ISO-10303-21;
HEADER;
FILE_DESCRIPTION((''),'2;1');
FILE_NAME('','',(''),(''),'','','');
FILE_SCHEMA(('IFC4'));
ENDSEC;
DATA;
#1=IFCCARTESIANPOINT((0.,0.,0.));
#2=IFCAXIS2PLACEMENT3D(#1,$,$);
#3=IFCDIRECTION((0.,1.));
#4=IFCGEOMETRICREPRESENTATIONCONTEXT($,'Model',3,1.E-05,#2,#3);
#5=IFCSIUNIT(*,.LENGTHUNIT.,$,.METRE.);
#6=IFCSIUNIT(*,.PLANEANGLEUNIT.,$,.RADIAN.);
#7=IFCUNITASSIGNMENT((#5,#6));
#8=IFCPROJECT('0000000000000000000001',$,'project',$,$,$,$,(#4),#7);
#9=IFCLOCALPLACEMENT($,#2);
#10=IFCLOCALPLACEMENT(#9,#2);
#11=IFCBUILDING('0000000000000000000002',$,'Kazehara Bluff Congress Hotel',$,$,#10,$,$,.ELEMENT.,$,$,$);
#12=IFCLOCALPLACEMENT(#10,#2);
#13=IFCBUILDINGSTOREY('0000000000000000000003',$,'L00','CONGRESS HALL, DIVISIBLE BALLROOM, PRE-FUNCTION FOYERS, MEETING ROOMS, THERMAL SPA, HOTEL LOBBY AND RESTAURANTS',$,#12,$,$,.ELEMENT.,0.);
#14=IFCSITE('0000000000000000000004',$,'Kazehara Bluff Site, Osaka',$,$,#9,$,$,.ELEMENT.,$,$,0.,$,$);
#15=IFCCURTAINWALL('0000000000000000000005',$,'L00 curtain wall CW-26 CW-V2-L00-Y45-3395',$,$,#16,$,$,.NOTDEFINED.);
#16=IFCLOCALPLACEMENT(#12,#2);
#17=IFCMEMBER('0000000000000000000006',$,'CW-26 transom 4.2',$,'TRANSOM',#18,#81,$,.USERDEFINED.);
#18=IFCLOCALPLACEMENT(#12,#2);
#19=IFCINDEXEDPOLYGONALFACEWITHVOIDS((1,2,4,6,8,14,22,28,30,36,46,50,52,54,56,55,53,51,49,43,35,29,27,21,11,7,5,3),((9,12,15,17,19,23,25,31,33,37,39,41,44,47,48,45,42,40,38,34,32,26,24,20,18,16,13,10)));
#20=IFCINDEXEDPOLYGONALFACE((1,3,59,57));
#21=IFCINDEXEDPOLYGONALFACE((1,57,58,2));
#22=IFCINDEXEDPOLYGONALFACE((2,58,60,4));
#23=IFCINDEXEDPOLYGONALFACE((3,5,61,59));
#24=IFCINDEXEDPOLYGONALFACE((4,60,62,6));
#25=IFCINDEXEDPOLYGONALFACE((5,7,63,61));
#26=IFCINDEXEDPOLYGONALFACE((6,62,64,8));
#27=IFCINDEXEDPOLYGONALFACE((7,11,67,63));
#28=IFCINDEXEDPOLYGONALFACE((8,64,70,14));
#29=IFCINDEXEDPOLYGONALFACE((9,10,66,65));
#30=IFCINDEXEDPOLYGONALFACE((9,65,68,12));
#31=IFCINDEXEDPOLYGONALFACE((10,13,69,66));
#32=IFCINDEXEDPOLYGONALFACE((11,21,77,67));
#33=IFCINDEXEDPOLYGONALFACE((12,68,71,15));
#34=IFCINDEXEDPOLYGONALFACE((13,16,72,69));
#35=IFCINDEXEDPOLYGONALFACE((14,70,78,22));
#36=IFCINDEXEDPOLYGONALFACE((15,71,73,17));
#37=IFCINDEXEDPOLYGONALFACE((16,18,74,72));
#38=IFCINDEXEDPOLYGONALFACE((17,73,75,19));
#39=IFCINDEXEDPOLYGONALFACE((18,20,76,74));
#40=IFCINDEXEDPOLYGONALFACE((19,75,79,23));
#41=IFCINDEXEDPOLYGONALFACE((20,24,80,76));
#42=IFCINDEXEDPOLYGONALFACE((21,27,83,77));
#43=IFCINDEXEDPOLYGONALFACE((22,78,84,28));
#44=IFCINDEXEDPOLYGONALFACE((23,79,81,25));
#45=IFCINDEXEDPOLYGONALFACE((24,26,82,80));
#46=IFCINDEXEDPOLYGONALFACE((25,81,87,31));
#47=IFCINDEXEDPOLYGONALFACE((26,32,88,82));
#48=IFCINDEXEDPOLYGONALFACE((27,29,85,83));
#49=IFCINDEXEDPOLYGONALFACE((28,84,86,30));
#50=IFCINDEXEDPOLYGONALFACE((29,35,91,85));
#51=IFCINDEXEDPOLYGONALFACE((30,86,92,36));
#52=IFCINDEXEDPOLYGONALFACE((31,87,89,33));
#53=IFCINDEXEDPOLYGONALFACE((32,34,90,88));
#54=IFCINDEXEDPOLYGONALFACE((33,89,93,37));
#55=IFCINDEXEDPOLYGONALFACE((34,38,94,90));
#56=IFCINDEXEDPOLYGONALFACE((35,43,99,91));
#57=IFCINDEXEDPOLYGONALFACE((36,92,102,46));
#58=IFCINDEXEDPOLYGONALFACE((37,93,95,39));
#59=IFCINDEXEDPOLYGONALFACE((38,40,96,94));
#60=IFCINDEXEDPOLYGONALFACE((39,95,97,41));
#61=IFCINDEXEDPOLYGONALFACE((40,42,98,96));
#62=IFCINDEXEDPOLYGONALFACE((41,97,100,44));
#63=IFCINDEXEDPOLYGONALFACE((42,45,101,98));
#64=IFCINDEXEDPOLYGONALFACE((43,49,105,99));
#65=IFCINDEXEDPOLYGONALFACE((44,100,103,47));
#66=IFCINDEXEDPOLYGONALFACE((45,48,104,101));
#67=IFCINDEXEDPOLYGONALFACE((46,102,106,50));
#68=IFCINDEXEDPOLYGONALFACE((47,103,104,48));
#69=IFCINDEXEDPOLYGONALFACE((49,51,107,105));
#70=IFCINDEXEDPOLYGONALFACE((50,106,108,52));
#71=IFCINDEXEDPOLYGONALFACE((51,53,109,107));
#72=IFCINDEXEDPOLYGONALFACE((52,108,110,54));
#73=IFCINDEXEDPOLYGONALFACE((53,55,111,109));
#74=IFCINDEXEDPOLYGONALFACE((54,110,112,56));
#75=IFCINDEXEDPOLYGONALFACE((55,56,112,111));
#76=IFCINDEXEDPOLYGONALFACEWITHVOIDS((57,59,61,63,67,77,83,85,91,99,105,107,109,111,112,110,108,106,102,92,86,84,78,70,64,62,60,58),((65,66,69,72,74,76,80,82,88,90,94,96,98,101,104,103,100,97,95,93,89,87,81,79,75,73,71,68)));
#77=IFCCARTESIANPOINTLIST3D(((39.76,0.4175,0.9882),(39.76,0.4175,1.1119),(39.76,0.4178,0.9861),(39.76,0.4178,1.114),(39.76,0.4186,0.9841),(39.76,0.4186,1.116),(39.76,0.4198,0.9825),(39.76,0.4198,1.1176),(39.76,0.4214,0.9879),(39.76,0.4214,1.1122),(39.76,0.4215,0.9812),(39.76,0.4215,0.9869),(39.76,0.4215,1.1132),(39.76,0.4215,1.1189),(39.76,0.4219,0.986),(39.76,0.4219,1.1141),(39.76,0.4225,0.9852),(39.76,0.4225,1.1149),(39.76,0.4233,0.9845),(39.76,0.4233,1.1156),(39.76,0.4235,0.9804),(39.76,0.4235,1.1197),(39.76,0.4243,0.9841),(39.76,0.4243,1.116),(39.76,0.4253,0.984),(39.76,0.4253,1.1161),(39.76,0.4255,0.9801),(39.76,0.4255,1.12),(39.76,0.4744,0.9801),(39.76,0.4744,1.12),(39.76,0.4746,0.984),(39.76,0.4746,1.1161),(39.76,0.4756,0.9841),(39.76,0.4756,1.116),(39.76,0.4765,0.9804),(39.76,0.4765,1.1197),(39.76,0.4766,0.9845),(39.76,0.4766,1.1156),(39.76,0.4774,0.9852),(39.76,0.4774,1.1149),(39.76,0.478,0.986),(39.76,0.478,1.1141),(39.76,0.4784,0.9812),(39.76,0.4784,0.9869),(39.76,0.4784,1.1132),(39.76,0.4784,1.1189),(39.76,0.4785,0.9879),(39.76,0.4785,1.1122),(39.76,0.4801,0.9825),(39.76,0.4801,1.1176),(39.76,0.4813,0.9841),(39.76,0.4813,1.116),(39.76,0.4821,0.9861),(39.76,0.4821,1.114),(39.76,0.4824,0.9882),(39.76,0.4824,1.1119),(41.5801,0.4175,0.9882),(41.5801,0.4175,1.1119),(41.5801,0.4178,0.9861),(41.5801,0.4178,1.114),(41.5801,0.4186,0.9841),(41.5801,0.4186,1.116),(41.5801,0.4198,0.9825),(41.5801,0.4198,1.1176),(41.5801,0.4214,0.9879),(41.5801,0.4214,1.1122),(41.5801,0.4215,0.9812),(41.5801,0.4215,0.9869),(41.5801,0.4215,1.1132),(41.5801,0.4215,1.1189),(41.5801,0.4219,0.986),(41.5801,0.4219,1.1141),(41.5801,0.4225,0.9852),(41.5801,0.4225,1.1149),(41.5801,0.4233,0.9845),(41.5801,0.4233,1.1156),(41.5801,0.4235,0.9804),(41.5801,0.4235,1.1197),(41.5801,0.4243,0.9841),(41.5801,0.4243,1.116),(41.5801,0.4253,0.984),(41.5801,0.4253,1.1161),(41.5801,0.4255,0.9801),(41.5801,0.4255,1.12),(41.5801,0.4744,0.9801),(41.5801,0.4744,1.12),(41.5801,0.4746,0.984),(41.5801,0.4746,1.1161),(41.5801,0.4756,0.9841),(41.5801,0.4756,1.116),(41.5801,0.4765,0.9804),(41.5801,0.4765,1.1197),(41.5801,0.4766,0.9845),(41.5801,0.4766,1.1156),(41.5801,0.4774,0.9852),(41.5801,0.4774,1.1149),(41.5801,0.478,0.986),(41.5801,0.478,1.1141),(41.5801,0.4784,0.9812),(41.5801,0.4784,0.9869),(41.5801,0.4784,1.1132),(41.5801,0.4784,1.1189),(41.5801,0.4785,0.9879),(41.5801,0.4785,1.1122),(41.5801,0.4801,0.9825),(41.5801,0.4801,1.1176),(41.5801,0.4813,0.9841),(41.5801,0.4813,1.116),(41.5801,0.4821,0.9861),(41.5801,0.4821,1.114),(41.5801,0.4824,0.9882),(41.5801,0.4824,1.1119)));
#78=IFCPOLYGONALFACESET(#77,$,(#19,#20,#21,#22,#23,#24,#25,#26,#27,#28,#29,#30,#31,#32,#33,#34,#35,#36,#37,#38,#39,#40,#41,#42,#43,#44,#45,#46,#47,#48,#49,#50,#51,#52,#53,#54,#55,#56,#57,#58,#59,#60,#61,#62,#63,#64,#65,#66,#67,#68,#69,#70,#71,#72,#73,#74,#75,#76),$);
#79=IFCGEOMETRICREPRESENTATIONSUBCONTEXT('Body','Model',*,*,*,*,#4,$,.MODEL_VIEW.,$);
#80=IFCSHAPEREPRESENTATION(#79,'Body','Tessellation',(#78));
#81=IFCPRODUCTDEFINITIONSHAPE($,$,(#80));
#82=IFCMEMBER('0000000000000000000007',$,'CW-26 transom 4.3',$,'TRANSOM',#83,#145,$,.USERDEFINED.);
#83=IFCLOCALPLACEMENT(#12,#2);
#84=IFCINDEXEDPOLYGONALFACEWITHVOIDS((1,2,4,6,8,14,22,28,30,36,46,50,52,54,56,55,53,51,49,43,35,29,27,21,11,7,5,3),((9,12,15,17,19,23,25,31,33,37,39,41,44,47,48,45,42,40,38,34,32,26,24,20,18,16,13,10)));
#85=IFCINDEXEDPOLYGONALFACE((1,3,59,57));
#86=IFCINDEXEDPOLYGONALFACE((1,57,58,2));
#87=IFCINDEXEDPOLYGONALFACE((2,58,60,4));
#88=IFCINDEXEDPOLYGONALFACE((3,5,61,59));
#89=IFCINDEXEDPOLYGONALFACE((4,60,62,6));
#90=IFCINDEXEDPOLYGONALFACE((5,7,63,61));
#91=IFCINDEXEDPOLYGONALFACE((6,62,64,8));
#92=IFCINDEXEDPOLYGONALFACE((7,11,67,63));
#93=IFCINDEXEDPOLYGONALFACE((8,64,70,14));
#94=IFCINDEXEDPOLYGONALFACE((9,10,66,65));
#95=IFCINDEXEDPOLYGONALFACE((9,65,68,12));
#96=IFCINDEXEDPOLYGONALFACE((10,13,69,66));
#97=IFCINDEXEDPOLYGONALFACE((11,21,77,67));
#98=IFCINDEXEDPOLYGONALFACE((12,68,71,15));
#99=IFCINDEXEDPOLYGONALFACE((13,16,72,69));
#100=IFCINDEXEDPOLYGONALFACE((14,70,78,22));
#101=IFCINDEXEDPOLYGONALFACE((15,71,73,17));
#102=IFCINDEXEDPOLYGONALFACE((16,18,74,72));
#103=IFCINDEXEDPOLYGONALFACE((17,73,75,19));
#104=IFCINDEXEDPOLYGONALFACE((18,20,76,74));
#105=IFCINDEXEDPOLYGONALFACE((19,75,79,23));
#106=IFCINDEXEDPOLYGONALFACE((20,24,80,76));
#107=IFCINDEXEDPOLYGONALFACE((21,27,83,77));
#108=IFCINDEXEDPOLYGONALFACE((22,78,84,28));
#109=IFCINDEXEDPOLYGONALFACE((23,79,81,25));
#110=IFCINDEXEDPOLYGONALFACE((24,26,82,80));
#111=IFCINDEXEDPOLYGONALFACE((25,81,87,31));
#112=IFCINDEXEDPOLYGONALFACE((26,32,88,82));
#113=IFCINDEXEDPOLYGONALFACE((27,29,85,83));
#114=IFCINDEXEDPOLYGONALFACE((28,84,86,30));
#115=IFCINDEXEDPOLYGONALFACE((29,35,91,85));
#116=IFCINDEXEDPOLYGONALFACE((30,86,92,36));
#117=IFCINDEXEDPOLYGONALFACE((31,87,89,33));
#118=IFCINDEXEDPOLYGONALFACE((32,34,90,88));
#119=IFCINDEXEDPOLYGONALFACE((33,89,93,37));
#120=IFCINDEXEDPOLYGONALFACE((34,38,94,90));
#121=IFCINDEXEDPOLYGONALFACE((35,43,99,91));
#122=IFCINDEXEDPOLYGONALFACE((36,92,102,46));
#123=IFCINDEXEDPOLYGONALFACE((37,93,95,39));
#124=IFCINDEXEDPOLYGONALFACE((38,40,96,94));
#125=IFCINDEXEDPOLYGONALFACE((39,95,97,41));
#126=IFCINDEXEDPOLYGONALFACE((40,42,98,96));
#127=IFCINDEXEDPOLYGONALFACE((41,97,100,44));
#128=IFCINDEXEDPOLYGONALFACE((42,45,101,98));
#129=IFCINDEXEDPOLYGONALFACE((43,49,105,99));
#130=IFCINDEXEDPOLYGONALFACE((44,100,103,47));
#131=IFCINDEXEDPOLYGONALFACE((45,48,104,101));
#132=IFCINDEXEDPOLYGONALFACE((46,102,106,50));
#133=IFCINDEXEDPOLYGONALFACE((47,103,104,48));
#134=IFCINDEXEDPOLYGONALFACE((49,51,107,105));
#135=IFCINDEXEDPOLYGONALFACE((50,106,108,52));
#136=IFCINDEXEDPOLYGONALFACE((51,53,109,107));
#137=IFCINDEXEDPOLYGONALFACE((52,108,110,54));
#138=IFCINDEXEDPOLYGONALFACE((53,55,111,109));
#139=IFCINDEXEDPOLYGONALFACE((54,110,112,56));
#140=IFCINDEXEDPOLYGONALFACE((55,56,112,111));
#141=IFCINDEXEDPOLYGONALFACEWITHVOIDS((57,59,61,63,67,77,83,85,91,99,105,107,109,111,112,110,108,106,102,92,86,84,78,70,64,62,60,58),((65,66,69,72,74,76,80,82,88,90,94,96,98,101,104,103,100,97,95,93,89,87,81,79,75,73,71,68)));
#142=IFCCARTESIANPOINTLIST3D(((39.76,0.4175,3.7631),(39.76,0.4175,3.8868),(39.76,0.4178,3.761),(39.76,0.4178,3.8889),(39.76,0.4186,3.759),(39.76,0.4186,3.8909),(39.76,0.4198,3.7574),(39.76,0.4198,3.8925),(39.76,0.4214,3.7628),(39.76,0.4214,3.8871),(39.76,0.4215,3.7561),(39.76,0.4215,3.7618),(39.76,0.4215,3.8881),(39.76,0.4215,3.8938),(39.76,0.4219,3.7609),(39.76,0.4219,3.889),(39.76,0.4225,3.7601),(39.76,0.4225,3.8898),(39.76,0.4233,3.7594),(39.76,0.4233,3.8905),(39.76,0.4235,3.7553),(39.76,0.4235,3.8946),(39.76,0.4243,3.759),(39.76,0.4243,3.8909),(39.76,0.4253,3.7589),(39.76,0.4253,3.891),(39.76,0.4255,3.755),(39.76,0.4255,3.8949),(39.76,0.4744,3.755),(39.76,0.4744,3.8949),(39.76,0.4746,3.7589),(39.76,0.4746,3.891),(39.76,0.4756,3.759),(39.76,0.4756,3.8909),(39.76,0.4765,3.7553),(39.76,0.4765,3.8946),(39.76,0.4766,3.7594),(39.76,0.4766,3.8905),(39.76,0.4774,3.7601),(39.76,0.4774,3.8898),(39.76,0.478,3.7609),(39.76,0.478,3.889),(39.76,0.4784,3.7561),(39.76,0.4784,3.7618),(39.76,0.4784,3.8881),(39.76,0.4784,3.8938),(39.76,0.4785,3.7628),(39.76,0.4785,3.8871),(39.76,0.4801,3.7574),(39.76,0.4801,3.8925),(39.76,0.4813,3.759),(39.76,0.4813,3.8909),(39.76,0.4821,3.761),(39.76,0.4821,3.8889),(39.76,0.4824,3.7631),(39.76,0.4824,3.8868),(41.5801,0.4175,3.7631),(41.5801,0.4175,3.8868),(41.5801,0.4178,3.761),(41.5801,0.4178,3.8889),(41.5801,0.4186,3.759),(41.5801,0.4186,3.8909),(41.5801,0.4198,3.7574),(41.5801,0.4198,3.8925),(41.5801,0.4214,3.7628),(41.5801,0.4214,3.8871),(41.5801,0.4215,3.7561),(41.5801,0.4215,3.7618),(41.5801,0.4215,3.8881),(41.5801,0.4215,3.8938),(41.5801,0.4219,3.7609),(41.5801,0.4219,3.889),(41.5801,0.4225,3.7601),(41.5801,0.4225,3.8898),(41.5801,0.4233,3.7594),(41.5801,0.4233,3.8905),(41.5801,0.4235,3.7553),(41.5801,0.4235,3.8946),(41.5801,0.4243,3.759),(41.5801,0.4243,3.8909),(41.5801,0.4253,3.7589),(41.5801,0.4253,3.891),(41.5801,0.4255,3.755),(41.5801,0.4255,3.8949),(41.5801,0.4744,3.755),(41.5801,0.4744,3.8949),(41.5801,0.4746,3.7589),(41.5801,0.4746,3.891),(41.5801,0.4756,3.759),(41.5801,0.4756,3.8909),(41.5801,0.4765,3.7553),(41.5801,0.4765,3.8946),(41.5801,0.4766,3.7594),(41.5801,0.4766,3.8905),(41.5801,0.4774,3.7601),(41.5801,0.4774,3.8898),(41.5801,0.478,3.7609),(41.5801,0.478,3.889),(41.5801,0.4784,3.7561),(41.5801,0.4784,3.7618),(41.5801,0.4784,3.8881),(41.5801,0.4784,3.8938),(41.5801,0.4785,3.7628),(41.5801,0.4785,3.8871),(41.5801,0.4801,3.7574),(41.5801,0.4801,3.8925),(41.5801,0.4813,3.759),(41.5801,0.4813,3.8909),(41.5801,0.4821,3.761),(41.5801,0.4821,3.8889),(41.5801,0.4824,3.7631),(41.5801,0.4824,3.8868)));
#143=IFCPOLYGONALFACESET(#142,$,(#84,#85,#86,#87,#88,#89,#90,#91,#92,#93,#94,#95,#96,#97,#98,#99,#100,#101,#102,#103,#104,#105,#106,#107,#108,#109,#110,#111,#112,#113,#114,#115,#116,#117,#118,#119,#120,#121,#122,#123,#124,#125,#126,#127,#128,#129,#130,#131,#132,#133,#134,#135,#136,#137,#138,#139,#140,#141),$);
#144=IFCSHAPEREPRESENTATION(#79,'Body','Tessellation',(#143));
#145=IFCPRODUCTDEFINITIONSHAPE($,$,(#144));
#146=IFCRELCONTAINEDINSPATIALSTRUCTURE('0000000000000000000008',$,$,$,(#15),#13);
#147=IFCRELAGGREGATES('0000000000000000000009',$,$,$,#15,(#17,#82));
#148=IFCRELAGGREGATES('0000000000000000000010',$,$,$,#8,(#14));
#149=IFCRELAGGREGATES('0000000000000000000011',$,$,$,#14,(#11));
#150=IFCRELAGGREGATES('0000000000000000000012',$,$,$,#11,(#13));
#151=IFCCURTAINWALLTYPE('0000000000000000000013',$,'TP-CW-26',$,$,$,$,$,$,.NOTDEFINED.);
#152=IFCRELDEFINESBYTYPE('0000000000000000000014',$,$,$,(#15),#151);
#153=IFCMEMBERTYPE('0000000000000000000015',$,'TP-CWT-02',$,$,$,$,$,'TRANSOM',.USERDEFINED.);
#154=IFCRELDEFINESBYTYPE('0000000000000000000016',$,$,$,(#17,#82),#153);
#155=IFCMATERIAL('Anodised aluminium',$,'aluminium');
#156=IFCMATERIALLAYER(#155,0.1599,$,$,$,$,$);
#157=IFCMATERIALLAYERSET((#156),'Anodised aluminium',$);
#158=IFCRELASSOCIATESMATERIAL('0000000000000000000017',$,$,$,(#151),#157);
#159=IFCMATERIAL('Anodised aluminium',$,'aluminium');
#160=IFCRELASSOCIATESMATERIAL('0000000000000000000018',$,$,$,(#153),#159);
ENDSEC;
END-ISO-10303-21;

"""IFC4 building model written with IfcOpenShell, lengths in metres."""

from ifc_helpers import new_model, si_unit, direction, frame, origin, origin_2d, place, context, subcontext, project, spatial, hollow_rectangle, extrude, material, layer, layer_set, material_profile, profile_set, type_object, element, aggregate, save


model = new_model("IFC4")

# Units and contexts
model_context = context("Model", 3, precision=1e-05, world=origin(), true_north=direction((0.0, 1.0)))
body_context = subcontext(model_context, "Body", "Model", "MODEL_VIEW")
ifc_project = project(units=[si_unit("LENGTHUNIT", "METRE"), si_unit("PLANEANGLEUNIT", "RADIAN")], contexts=[model_context])

# Site, building, storey
site_placement = place(None, origin())
site = spatial("IfcSite", under=ifc_project, at=site_placement, Name="Kazehara Bluff Site, Osaka", CompositionType="ELEMENT", RefElevation=0.0)
building_placement = place(site_placement, origin())
building = spatial("IfcBuilding", under=site, at=building_placement, Name="Kazehara Bluff Congress Hotel", CompositionType="ELEMENT")
storey_placement = place(building_placement, origin())
storey = spatial("IfcBuildingStorey", under=building, at=storey_placement, Name="L00", Description="CONGRESS HALL, DIVISIBLE BALLROOM, PRE-FUNCTION FOYERS, MEETING ROOMS, THERMAL SPA, HOTEL LOBBY AND RESTAURANTS", CompositionType="ELEMENT", Elevation=0.0)

# Curtain wall, members
ifc_material_1 = material(Name="Anodised aluminium", Category="aluminium")
ifc_layer_1 = layer(ifc_material_1, 0.1599)
ifc_layer_set_1 = layer_set([ifc_layer_1], Name="Anodised aluminium")
curtain_wall_type = type_object("IfcCurtainWallType", Name="TP-CW-26", PredefinedType="NOTDEFINED", material=ifc_layer_set_1)
curtain_wall_placement = place(storey_placement, origin())
curtain_wall = element("IfcCurtainWall", 1, at=curtain_wall_placement, inside=storey, type_object=curtain_wall_type, Name="L00 curtain wall CW-26 CW-V2-L00-Y45-3395", PredefinedType="NOTDEFINED")
ifc_material_2 = material(Name="Anodised aluminium", Category="aluminium")
ifc_material_profile_1 = material_profile(ifc_material_2, hollow_rectangle(XDim=0.0649, YDim=0.1399, WallThickness=0.0039, InnerFilletRadius=0.0039, OuterFilletRadius=0.0081, at=origin_2d()))
ifc_profile_set_1 = profile_set([ifc_material_profile_1], Name="Anodised aluminium")
member_type_1 = type_object("IfcMemberType", Name="TP-CWT-02", ElementType="TRANSOM", PredefinedType="USERDEFINED", material=ifc_profile_set_1)
member_1_placement = place(storey_placement, frame((39.76, 0.45, 1.05), z_axis=(1.0, 0.0, 0.0), x_axis=(0.0, 1.0, 0.0)))
member_1 = element("IfcMember", 2, at=member_1_placement, type_object=member_type_1, Name="CW-26 transom 4.2", ObjectType="TRANSOM", PredefinedType="USERDEFINED", context=body_context, shape_type="SweptSolid", body=[
    extrude(hollow_rectangle(XDim=0.0649, YDim=0.1399, WallThickness=0.0039, InnerFilletRadius=0.0039, OuterFilletRadius=0.0081, at=origin_2d()), origin(), (0.0, 0.0, 1.0), 1.8201),
])
member_2_placement = place(storey_placement, frame((39.76, 0.45, 3.825), z_axis=(1.0, 0.0, 0.0), x_axis=(0.0, 1.0, 0.0)))
member_2 = element("IfcMember", 3, at=member_2_placement, type_object=member_type_1, Name="CW-26 transom 4.3", ObjectType="TRANSOM", PredefinedType="USERDEFINED", context=body_context, shape_type="SweptSolid", body=[
    extrude(hollow_rectangle(XDim=0.0649, YDim=0.1399, WallThickness=0.0039, InnerFilletRadius=0.0039, OuterFilletRadius=0.0081, at=origin_2d()), origin(), (0.0, 0.0, 1.0), 1.8201),
])

aggregate(curtain_wall, [member_1, member_2])

save(model, "model.ifc")
